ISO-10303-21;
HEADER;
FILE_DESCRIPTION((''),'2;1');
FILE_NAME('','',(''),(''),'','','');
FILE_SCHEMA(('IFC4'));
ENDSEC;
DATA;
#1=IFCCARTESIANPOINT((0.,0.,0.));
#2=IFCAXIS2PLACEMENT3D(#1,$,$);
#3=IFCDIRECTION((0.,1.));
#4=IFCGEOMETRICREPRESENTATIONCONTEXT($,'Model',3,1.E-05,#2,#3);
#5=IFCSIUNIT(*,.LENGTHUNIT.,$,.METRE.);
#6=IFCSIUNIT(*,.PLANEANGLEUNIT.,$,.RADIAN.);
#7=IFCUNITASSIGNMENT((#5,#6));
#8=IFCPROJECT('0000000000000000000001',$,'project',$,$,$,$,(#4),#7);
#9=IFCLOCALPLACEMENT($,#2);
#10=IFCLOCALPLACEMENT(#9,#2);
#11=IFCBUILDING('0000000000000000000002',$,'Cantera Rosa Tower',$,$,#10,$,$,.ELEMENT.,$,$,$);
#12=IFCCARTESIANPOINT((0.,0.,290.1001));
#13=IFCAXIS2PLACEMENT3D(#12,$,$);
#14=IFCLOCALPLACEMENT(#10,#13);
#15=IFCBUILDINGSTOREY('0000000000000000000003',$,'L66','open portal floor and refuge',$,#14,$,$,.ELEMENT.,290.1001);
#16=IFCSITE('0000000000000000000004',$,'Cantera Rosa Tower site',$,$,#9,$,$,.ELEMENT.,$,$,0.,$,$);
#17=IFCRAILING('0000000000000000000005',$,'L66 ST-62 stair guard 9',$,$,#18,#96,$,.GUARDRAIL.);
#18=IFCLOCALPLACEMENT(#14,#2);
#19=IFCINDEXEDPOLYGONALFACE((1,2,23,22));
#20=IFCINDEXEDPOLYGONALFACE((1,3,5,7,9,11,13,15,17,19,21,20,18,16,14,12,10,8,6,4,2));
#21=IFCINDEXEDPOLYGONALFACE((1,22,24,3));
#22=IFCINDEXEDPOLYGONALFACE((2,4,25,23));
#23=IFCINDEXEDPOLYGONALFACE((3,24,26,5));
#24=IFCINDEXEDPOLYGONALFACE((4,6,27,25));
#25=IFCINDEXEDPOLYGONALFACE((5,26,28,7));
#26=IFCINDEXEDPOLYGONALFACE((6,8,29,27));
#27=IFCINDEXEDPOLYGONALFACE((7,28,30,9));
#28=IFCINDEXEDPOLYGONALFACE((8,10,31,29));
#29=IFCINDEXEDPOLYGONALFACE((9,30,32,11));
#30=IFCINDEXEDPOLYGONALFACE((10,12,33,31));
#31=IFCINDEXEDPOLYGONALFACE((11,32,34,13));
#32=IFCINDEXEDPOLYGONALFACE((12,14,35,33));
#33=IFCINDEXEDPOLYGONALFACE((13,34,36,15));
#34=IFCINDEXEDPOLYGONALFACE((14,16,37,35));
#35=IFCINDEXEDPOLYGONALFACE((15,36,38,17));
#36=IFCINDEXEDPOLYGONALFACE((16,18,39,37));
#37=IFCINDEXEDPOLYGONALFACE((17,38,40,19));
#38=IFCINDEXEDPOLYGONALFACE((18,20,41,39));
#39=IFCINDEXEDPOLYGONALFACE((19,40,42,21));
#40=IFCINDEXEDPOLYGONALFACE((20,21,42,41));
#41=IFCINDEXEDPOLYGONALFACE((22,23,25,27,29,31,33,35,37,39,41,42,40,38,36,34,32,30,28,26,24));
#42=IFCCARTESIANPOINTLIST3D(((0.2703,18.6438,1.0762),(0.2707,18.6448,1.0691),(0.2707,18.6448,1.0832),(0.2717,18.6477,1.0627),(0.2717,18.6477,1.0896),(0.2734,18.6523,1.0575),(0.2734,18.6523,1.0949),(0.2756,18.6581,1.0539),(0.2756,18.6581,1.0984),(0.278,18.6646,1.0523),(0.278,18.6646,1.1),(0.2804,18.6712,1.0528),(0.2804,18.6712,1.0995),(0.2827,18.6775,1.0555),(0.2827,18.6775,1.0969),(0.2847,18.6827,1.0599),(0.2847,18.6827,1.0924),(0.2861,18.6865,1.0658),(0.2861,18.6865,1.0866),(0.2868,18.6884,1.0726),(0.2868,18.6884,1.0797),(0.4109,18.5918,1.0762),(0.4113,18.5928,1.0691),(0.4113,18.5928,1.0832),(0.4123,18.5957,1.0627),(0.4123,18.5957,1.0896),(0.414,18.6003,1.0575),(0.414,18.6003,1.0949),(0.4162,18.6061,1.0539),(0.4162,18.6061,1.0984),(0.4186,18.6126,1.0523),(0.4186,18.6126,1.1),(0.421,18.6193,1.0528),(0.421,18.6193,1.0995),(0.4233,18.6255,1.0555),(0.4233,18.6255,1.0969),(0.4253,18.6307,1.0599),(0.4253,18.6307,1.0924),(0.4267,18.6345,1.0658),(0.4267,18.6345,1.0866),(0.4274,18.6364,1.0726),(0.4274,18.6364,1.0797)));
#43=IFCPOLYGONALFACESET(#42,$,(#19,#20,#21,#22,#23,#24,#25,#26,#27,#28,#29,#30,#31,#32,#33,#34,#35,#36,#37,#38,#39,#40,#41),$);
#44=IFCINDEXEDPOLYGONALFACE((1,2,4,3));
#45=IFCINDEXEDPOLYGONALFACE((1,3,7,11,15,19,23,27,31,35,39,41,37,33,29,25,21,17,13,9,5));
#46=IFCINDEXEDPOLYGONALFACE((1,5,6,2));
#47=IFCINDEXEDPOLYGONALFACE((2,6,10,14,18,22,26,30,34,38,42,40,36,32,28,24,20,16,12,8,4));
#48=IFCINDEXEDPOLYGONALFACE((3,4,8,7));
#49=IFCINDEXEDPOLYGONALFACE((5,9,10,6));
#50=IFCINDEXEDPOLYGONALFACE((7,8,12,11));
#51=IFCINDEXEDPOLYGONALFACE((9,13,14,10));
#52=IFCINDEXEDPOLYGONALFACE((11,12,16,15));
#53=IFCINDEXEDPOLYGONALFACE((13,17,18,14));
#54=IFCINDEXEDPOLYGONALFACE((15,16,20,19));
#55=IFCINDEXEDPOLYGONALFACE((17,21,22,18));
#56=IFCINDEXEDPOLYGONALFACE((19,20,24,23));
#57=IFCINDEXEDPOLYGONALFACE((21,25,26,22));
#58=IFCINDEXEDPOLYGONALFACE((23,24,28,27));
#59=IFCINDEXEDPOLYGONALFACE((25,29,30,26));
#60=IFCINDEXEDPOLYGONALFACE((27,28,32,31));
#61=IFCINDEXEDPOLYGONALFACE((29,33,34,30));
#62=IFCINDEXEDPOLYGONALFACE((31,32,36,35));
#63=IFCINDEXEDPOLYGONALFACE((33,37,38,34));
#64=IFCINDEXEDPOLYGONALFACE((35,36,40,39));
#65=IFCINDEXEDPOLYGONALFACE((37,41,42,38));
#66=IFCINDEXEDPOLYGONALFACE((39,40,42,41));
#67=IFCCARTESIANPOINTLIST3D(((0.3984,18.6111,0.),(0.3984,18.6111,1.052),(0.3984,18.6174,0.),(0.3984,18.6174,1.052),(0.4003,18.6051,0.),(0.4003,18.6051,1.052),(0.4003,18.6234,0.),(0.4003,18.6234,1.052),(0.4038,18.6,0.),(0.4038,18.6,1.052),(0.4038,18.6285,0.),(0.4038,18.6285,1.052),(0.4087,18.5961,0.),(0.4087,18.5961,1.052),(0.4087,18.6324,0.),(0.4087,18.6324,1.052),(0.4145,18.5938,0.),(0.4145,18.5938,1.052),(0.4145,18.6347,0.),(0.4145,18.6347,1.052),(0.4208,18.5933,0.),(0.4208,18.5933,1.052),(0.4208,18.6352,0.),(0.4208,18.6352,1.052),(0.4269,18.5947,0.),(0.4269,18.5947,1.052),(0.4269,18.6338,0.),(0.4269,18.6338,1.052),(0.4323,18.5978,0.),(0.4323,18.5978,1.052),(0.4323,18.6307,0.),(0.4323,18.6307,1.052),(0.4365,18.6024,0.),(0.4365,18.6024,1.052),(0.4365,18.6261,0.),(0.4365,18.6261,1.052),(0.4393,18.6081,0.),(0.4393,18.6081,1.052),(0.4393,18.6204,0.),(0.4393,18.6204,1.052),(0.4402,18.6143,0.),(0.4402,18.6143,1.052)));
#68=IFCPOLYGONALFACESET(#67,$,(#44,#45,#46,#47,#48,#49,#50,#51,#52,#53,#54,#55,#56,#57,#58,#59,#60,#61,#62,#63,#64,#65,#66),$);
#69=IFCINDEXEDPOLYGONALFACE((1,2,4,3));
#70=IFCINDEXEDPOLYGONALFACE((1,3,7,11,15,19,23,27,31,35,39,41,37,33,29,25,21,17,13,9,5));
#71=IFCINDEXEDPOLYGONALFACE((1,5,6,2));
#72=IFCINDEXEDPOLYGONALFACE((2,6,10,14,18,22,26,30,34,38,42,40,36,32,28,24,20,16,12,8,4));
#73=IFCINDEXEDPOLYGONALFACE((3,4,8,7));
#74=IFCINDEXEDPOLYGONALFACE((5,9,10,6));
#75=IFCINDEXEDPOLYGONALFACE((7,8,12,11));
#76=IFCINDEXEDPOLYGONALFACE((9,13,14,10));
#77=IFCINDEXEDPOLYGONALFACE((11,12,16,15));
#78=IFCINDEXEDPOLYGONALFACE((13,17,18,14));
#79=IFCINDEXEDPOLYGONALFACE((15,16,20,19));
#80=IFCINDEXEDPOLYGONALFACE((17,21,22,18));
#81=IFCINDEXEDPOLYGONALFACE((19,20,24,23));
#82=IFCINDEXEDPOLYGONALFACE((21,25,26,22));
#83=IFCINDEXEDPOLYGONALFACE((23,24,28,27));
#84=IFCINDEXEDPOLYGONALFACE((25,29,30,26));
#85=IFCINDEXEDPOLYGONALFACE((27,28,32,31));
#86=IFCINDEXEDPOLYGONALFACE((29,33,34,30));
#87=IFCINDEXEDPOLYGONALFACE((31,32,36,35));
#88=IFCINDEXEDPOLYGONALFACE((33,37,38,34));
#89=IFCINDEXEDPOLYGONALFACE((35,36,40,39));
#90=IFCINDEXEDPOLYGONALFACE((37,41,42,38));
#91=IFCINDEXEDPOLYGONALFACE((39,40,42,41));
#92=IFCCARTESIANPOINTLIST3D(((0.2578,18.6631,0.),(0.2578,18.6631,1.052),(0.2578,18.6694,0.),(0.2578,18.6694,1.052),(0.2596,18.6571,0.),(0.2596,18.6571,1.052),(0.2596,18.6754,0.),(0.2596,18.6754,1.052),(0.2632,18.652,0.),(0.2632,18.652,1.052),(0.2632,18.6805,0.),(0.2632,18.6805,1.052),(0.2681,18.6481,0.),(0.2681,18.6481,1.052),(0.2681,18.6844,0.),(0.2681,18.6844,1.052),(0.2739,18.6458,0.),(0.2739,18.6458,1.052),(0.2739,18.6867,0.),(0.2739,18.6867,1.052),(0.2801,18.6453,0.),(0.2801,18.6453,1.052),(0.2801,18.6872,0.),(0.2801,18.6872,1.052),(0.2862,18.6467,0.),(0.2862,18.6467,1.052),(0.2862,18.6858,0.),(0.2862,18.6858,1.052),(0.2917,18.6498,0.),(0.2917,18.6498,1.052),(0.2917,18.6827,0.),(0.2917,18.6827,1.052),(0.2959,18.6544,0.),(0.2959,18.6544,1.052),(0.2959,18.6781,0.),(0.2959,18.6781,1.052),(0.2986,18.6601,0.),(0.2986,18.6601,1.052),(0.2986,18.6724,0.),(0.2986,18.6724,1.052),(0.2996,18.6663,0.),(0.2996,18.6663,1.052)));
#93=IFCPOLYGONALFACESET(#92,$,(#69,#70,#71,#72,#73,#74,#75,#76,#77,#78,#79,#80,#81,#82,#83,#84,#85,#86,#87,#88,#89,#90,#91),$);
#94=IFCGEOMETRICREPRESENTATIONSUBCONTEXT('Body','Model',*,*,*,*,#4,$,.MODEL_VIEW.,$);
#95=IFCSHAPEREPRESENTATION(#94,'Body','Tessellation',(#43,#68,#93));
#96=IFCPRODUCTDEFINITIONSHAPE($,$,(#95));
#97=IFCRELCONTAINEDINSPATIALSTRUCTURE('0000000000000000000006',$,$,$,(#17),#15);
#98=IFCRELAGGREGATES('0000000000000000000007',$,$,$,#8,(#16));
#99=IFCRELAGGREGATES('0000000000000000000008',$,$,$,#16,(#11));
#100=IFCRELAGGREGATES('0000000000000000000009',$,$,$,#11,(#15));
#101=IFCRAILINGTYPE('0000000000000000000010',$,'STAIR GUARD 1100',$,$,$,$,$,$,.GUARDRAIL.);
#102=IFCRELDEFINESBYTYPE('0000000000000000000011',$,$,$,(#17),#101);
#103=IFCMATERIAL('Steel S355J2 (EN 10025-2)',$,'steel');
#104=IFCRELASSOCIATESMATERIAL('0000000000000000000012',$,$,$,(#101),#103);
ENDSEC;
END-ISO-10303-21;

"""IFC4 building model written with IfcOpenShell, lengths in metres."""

from ifc_helpers import new_model, si_unit, direction, frame, origin, origin_2d, place, context, subcontext, project, spatial, circle, extrude, material, type_object, element, save


model = new_model("IFC4")

# Units and contexts
model_context = context("Model", 3, precision=1e-05, world=origin(), true_north=direction((0.0, 1.0)))
body_context = subcontext(model_context, "Body", "Model", "MODEL_VIEW")
ifc_project = project(units=[si_unit("LENGTHUNIT", "METRE"), si_unit("PLANEANGLEUNIT", "RADIAN")], contexts=[model_context])

# Site, building, storey
site_placement = place(None, origin())
site = spatial("IfcSite", under=ifc_project, at=site_placement, Name="Cantera Rosa Tower site", CompositionType="ELEMENT", RefElevation=0.0)
building_placement = place(site_placement, origin())
building = spatial("IfcBuilding", under=site, at=building_placement, Name="Cantera Rosa Tower", CompositionType="ELEMENT")
storey_placement = place(building_placement, frame((0.0, 0.0, 290.1001)))
storey = spatial("IfcBuildingStorey", under=building, at=storey_placement, Name="L66", Description="open portal floor and refuge", CompositionType="ELEMENT", Elevation=290.1001)

# Railing
ifc_material_1 = material(Name="Steel S355J2 (EN 10025-2)", Category="steel")
railing_type_1 = type_object("IfcRailingType", Name="STAIR GUARD 1100", PredefinedType="GUARDRAIL", material=ifc_material_1)
railing_1_placement = place(storey_placement, frame((0.4192, 18.6143, 0.0)))
element("IfcRailing", 1, at=railing_1_placement, inside=storey, type_object=railing_type_1, Name="L66 ST-62 stair guard 9", PredefinedType="GUARDRAIL", context=body_context, shape_type="SweptSolid", body=[
    extrude(circle(Radius=0.0239, at=origin_2d()), frame((0.0, 0.0, 1.0762), z_axis=(-0.937925, 0.346837, 0.0), x_axis=(-0.346837, -0.937925, 0.0)), (0.0, 0.0, 1.0), 0.1499),
    extrude(circle(Radius=0.021, at=origin_2d()), origin(), (0.0, 0.0, 1.0), 1.052),
    extrude(circle(Radius=0.021, at=origin_2d()), frame((-0.1406, 0.052, 0.0)), (0.0, 0.0, 1.0), 1.052),
])

save(model, "model.ifc")
